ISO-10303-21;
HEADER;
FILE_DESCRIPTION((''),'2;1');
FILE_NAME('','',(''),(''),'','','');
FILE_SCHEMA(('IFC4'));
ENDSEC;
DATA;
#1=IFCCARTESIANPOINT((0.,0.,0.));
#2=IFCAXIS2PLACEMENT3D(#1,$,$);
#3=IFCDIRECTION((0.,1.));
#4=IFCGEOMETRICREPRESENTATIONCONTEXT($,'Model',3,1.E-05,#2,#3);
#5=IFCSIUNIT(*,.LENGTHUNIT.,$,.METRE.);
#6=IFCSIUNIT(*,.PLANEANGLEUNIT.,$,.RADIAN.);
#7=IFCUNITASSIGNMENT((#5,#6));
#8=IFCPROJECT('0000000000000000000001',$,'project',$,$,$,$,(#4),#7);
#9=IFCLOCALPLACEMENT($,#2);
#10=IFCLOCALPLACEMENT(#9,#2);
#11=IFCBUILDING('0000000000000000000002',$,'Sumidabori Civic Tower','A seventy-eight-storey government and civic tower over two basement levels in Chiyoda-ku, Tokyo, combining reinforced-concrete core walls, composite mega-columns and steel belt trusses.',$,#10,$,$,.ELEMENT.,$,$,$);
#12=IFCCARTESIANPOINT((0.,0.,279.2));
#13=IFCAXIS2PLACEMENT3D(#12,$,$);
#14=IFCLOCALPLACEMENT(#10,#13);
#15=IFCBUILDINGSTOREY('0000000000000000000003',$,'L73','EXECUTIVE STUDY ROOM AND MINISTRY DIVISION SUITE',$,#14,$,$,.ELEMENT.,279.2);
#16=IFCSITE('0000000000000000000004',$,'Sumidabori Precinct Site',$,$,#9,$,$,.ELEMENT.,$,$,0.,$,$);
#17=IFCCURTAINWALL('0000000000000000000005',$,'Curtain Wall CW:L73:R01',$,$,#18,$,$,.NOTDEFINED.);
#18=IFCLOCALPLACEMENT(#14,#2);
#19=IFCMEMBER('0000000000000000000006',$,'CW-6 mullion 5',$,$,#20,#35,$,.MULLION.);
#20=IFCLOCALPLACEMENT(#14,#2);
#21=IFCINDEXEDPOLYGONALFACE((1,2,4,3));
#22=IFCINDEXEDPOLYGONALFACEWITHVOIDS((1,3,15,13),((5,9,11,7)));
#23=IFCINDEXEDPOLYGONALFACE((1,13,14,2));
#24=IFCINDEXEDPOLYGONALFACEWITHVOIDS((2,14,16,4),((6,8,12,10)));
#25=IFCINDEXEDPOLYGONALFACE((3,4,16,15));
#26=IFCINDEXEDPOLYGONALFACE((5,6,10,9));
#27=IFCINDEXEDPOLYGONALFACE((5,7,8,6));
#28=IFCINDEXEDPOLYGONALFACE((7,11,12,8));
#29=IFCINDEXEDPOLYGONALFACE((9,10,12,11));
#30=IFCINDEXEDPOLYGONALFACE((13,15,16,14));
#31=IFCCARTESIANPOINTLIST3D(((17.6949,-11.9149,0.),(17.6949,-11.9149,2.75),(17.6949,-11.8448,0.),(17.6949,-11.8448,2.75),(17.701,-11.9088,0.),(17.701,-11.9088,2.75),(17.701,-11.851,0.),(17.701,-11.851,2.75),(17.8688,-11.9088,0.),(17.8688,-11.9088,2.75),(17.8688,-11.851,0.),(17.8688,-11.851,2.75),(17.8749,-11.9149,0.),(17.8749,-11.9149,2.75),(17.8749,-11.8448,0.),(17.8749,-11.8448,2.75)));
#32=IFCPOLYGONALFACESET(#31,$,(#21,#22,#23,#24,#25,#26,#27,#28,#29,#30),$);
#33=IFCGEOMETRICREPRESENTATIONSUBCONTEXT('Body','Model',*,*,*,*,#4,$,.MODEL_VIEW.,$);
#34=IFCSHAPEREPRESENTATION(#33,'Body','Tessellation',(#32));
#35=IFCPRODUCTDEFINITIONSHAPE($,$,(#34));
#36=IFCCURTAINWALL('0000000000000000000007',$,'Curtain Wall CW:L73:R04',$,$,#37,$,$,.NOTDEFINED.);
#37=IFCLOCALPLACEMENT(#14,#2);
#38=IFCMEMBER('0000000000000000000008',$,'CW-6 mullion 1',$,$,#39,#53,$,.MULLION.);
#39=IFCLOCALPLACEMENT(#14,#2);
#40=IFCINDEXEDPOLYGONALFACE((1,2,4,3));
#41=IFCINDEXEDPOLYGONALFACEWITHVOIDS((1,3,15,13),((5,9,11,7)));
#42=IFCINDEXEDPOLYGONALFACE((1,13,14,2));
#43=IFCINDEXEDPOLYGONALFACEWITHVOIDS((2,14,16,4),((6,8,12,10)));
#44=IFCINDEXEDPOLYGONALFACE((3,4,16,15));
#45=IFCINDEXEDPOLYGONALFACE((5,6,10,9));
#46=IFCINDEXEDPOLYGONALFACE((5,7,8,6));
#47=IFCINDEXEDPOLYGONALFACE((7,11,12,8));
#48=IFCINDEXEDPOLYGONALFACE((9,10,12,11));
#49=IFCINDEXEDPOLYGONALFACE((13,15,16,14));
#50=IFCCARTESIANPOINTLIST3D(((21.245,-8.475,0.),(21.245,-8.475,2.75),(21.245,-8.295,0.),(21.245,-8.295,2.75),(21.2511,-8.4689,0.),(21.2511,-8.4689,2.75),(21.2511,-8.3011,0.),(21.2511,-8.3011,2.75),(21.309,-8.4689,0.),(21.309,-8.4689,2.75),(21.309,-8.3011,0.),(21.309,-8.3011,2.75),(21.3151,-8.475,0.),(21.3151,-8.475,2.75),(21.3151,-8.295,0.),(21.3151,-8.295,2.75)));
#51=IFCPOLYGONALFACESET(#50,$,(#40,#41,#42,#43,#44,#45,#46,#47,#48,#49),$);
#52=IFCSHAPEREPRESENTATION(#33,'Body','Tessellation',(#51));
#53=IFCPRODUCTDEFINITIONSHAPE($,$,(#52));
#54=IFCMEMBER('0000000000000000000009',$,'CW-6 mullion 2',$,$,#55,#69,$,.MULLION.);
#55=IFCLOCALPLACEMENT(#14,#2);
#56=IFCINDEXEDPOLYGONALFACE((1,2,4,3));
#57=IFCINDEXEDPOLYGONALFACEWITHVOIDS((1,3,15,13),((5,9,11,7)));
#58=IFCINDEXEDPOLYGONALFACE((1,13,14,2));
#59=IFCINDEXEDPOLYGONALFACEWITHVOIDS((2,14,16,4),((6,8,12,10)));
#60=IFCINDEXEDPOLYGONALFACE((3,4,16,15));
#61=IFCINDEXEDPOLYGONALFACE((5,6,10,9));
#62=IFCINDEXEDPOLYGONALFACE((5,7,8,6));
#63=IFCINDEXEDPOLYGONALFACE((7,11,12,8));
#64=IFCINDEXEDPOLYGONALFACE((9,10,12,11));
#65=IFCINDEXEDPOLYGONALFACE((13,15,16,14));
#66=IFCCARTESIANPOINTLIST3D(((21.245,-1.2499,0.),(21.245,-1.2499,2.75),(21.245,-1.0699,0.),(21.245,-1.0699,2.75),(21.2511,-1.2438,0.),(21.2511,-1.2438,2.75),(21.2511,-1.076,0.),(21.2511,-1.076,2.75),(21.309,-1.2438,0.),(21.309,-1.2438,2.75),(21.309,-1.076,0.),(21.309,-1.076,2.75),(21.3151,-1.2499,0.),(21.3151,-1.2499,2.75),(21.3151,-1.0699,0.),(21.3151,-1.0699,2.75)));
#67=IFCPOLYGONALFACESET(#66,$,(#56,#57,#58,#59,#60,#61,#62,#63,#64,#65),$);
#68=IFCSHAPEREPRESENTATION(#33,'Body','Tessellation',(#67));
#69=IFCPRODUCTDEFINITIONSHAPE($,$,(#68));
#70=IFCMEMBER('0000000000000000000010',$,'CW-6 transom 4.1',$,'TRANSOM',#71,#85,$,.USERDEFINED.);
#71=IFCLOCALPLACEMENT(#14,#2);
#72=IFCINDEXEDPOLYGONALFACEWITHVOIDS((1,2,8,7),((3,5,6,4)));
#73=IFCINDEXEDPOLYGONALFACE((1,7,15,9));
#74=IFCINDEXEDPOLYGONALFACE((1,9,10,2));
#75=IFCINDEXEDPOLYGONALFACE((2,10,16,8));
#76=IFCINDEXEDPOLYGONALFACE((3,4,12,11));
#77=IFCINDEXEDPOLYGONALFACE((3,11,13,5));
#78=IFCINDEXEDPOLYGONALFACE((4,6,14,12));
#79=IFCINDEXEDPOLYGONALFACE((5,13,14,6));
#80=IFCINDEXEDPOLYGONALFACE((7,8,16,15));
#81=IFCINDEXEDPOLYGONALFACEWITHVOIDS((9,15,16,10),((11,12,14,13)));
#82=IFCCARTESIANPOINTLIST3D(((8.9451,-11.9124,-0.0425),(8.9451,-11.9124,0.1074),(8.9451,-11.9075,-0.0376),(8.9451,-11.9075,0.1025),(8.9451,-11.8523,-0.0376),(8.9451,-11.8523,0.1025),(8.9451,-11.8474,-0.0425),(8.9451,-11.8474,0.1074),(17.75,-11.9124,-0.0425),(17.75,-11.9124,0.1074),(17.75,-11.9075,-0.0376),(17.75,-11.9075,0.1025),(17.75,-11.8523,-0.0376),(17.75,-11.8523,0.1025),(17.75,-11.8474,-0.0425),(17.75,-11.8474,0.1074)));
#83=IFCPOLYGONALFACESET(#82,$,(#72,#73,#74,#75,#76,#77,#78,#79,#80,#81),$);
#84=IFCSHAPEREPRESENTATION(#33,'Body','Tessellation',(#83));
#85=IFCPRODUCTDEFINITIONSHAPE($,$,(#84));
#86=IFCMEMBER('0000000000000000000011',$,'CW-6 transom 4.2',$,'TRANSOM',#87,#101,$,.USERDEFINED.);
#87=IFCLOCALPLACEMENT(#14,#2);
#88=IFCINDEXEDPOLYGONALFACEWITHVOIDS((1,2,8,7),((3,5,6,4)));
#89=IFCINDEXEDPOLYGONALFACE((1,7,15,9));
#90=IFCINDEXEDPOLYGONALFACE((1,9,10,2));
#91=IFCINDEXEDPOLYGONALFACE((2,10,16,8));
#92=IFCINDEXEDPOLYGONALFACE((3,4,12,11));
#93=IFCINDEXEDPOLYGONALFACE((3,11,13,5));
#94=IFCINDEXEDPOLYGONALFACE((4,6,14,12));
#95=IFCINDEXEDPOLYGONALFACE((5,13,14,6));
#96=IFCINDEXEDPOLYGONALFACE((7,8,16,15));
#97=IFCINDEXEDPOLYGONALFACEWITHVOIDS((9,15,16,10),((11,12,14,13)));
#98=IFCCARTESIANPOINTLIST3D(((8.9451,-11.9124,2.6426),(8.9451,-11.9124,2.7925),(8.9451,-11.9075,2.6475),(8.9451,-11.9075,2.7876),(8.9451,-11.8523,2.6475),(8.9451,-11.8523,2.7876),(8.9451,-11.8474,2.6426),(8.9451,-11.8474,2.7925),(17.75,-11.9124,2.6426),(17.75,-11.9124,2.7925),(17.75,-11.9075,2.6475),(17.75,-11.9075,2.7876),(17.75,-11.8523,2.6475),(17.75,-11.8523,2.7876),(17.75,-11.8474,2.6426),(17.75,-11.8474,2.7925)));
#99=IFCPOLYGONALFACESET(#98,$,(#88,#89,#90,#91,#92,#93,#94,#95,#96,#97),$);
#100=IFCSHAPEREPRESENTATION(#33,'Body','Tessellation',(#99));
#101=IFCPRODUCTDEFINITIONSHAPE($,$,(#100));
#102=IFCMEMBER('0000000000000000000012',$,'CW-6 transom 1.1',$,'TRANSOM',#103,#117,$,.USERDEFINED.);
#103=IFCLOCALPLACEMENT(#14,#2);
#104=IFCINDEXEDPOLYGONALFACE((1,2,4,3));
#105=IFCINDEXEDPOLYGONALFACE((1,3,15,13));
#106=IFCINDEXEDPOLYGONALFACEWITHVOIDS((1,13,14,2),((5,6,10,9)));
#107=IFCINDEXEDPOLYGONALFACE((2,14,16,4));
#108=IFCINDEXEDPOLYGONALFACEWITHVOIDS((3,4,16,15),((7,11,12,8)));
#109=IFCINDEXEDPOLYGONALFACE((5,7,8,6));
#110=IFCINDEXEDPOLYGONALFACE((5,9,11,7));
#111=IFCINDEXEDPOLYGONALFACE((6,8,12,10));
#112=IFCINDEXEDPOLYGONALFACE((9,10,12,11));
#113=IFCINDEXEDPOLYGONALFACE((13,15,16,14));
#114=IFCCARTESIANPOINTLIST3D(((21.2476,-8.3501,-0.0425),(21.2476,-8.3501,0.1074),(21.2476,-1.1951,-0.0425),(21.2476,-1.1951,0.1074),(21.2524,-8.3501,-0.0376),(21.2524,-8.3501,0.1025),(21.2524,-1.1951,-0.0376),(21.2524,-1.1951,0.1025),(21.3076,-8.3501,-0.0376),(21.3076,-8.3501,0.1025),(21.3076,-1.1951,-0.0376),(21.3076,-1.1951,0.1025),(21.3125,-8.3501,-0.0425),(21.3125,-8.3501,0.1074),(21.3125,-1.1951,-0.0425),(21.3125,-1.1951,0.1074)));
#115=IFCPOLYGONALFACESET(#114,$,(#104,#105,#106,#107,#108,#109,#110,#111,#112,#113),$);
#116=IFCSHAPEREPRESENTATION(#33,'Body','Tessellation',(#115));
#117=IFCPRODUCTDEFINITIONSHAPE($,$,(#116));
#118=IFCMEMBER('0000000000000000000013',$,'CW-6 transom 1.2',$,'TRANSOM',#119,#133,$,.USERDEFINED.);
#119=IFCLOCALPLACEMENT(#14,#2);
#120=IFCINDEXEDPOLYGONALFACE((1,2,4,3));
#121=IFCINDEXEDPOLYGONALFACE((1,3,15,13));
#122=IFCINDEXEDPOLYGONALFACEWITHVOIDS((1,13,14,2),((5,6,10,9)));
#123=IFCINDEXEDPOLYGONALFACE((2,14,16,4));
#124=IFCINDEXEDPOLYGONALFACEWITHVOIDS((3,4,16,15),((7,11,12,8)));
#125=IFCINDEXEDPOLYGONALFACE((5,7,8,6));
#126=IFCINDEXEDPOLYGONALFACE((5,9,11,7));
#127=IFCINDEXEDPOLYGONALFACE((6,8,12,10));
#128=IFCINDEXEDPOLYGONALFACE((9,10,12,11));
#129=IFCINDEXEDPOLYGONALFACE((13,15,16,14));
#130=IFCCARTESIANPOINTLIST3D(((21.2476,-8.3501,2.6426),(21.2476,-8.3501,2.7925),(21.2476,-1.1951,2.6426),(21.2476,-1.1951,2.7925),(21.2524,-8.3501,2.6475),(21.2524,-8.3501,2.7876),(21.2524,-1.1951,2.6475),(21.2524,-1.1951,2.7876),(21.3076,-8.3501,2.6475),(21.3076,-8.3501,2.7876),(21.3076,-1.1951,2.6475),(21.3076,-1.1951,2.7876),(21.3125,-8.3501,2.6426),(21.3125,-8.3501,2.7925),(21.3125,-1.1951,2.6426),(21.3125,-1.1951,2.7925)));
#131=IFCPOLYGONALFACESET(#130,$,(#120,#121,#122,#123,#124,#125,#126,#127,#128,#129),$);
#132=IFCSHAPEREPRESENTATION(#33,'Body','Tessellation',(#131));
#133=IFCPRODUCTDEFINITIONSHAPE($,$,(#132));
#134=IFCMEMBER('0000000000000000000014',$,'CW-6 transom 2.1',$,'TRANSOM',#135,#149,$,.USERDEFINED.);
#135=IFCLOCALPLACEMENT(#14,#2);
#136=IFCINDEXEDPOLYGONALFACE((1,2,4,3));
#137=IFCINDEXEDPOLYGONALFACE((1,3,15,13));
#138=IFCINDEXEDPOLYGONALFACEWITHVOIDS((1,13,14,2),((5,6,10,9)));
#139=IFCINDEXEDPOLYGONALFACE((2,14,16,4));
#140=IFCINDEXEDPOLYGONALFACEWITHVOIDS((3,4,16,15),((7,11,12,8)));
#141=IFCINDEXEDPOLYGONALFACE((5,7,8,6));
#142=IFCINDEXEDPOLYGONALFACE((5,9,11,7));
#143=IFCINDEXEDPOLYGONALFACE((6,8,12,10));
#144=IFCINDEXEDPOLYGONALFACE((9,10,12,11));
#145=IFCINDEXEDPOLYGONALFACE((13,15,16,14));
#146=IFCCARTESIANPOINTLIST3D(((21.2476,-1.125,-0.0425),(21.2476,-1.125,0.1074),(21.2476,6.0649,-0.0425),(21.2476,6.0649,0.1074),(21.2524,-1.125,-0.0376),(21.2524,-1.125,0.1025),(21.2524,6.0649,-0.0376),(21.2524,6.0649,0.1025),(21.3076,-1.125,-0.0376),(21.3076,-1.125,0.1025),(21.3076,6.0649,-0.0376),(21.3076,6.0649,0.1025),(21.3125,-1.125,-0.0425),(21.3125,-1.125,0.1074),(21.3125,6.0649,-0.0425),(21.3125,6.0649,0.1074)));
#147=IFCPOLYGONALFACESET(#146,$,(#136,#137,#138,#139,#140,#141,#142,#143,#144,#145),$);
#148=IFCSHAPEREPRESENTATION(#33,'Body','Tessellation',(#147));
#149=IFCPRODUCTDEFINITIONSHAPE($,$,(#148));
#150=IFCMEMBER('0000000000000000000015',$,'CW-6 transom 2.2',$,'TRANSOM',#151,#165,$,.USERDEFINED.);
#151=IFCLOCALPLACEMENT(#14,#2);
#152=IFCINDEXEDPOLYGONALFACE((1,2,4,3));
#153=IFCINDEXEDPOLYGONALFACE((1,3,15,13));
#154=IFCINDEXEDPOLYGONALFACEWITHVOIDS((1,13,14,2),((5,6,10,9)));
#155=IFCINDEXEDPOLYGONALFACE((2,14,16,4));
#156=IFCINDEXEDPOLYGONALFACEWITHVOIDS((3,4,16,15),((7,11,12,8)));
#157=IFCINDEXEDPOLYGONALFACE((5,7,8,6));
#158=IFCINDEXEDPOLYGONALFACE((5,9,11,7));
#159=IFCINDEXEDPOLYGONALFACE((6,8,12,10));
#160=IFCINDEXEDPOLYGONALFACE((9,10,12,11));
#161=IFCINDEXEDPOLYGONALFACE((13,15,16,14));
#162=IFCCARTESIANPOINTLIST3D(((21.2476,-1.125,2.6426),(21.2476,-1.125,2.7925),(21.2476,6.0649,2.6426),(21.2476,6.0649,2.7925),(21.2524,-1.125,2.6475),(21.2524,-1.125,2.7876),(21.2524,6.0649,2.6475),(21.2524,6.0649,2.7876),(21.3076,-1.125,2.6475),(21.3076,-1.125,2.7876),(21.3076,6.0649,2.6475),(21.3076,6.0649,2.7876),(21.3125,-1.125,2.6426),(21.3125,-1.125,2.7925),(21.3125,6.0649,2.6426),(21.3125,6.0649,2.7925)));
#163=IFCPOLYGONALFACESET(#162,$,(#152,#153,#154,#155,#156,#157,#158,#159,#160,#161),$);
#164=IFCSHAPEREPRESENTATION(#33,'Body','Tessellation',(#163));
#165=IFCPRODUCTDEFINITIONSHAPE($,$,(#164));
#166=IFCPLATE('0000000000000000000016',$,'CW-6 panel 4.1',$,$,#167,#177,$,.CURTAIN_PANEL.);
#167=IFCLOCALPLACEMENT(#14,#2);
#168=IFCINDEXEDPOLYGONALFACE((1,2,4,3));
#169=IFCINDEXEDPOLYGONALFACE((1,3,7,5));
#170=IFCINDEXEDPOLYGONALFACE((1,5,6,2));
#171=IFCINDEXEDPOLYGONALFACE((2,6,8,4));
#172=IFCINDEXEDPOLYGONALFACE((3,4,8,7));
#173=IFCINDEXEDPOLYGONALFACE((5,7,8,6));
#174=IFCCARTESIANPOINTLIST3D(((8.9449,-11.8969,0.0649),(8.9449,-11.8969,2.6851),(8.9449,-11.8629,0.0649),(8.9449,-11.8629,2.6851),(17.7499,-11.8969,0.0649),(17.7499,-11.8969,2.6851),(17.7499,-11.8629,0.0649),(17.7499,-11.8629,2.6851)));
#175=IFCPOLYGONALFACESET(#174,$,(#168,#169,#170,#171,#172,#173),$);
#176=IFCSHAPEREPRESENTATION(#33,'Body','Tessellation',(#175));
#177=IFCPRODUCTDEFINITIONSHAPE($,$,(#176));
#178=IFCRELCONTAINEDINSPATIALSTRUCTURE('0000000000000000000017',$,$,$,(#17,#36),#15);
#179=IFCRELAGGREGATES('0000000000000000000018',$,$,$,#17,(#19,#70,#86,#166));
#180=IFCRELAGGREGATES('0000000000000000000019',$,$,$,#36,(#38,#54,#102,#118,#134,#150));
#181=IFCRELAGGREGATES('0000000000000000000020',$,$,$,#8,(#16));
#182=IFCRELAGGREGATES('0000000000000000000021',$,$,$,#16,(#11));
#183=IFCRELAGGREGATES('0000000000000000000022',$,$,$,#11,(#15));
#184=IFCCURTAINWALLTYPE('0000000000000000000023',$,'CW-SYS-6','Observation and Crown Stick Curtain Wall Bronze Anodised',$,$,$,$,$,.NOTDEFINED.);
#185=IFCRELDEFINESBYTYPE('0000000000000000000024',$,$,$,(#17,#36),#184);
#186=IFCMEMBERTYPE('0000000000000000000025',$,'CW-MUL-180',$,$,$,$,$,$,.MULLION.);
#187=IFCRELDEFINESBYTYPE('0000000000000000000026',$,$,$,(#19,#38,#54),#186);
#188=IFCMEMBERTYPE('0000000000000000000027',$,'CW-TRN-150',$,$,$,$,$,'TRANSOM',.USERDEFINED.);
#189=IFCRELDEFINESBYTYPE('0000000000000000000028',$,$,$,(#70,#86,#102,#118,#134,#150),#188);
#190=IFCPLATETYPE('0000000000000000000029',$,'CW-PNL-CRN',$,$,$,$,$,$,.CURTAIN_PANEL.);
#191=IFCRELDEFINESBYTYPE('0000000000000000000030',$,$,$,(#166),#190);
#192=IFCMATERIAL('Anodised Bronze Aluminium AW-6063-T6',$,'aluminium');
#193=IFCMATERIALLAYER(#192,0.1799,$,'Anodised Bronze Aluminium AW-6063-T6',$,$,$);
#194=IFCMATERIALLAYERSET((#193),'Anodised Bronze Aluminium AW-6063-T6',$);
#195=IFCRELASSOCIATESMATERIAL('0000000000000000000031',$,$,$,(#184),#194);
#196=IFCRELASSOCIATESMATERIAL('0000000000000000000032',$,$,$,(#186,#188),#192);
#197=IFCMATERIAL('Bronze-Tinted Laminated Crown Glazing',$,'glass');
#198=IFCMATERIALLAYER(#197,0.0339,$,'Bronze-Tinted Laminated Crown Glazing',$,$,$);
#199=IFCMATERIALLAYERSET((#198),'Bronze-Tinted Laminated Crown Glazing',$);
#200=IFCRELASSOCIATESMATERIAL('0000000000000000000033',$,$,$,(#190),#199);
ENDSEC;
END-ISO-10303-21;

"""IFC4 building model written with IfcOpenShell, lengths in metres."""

from ifc_helpers import new_model, si_unit, direction, frame, origin, origin_2d, place, context, subcontext, project, spatial, rectangle, hollow_rectangle, extrude, source, transform, mapped, material, layer, layer_set, material_profile, profile_set, type_object, element, aggregate, save


model = new_model("IFC4")

# Units and contexts
model_context = context("Model", 3, precision=1e-05, world=origin(), true_north=direction((0.0, 1.0)))
body_context = subcontext(model_context, "Body", "Model", "MODEL_VIEW")
ifc_project = project(units=[si_unit("LENGTHUNIT", "METRE"), si_unit("PLANEANGLEUNIT", "RADIAN")], contexts=[model_context])

# Site, building, storey
site_placement = place(None, origin())
site = spatial("IfcSite", under=ifc_project, at=site_placement, Name="Sumidabori Precinct Site", CompositionType="ELEMENT", RefElevation=0.0)
building_placement = place(site_placement, origin())
building = spatial("IfcBuilding", under=site, at=building_placement, Name="Sumidabori Civic Tower", Description="A seventy-eight-storey government and civic tower over two basement levels in Chiyoda-ku, Tokyo, combining reinforced-concrete core walls, composite mega-columns and steel belt trusses.", CompositionType="ELEMENT")
storey_placement = place(building_placement, frame((0.0, 0.0, 279.2)))
storey = spatial("IfcBuildingStorey", under=building, at=storey_placement, Name="L73", Description="EXECUTIVE STUDY ROOM AND MINISTRY DIVISION SUITE", CompositionType="ELEMENT", Elevation=279.2)

# Curtain walls, members
ifc_material_1 = material(Name="Anodised Bronze Aluminium AW-6063-T6", Category="aluminium")
ifc_layer_1 = layer(ifc_material_1, 0.1799, Name="Anodised Bronze Aluminium AW-6063-T6")
ifc_layer_set_1 = layer_set([ifc_layer_1], Name="Anodised Bronze Aluminium AW-6063-T6")
curtain_wall_type = type_object("IfcCurtainWallType", Name="CW-SYS-6", Description="Observation and Crown Stick Curtain Wall Bronze Anodised", PredefinedType="NOTDEFINED", material=ifc_layer_set_1)
curtain_wall_1_placement = place(storey_placement, origin())
curtain_wall_1 = element("IfcCurtainWall", 1, at=curtain_wall_1_placement, inside=storey, type_object=curtain_wall_type, Name="Curtain Wall CW:L73:R01", PredefinedType="NOTDEFINED")
ifc_material_profile_1 = material_profile(ifc_material_1, hollow_rectangle(XDim=0.0701, YDim=0.1799, WallThickness=0.0061, at=origin_2d()), Name="ALU MULLION 180x70")
ifc_profile_set_1 = profile_set([ifc_material_profile_1], Name="Anodised Bronze Aluminium AW-6063-T6")
member_type_1 = type_object("IfcMemberType", Name="CW-MUL-180", PredefinedType="MULLION", material=ifc_profile_set_1)
shared_shape_1 = source(origin(), body_context, "Body", "SweptSolid", [
    extrude(hollow_rectangle(XDim=0.0701, YDim=0.1799, WallThickness=0.0061, at=origin_2d()), origin(), (0.0, 0.0, 1.0), 2.75),
])
member_1_placement = place(storey_placement, frame((17.7849, -11.8799, 0.0), z_axis=(0.0, 0.0, 1.0), x_axis=(0.0, 1.0, 0.0)))
member_1 = element("IfcMember", 2, at=member_1_placement, type_object=member_type_1, Name="CW-6 mullion 5", PredefinedType="MULLION", context=body_context, shape_type="MappedRepresentation", body=[
    mapped(shared_shape_1, transform((0.0, 0.0, 0.0), x_axis=(1.0, 0.0, 0.0), y_axis=(0.0, 1.0, 0.0), z_axis=(0.0, 0.0, 1.0), scale=1.0)),
])
curtain_wall_2_placement = place(storey_placement, origin())
curtain_wall_2 = element("IfcCurtainWall", 3, at=curtain_wall_2_placement, inside=storey, type_object=curtain_wall_type, Name="Curtain Wall CW:L73:R04", PredefinedType="NOTDEFINED")
member_2_placement = place(storey_placement, frame((21.28, -8.385, 0.0), z_axis=(0.0, 0.0, 1.0), x_axis=(-1.0, 0.0, 0.0)))
member_2 = element("IfcMember", 4, at=member_2_placement, type_object=member_type_1, Name="CW-6 mullion 1", PredefinedType="MULLION", context=body_context, shape_type="MappedRepresentation", body=[
    mapped(shared_shape_1, transform((0.0, 0.0, 0.0), x_axis=(1.0, 0.0, 0.0), y_axis=(0.0, 1.0, 0.0), z_axis=(0.0, 0.0, 1.0), scale=1.0)),
])
member_3_placement = place(storey_placement, frame((21.28, -1.1599, 0.0), z_axis=(0.0, 0.0, 1.0), x_axis=(-1.0, 0.0, 0.0)))
member_3 = element("IfcMember", 5, at=member_3_placement, type_object=member_type_1, Name="CW-6 mullion 2", PredefinedType="MULLION", context=body_context, shape_type="MappedRepresentation", body=[
    mapped(shared_shape_1, transform((0.0, 0.0, 0.0), x_axis=(1.0, 0.0, 0.0), y_axis=(0.0, 1.0, 0.0), z_axis=(0.0, 0.0, 1.0), scale=1.0)),
])

# Members
ifc_material_profile_2 = material_profile(ifc_material_1, hollow_rectangle(XDim=0.0649, YDim=0.1499, WallThickness=0.0049, at=origin_2d()), Name="ALU TRANSOM 150x65")
ifc_profile_set_2 = profile_set([ifc_material_profile_2], Name="Anodised Bronze Aluminium AW-6063-T6")
member_type_2 = type_object("IfcMemberType", Name="CW-TRN-150", ElementType="TRANSOM", PredefinedType="USERDEFINED", material=ifc_profile_set_2)
shared_shape_2 = source(origin(), body_context, "Body", "SweptSolid", [
    extrude(hollow_rectangle(XDim=0.0649, YDim=0.1499, WallThickness=0.0049, at=origin_2d()), origin(), (0.0, 0.0, 1.0), 8.8049),
])
member_4_placement = place(storey_placement, frame((8.9451, -11.8799, 0.0325), z_axis=(1.0, 0.0, 0.0), x_axis=(0.0, 1.0, 0.0)))
member_4 = element("IfcMember", 6, at=member_4_placement, type_object=member_type_2, Name="CW-6 transom 4.1", ObjectType="TRANSOM", PredefinedType="USERDEFINED", context=body_context, shape_type="MappedRepresentation", body=[
    mapped(shared_shape_2, transform((0.0, 0.0, 0.0), x_axis=(1.0, 0.0, 0.0), y_axis=(0.0, 1.0, 0.0), z_axis=(0.0, 0.0, 1.0), scale=1.0)),
])
member_5_placement = place(storey_placement, frame((8.9451, -11.8799, 2.7175), z_axis=(1.0, 0.0, 0.0), x_axis=(0.0, 1.0, 0.0)))
member_5 = element("IfcMember", 7, at=member_5_placement, type_object=member_type_2, Name="CW-6 transom 4.2", ObjectType="TRANSOM", PredefinedType="USERDEFINED", context=body_context, shape_type="MappedRepresentation", body=[
    mapped(shared_shape_2, transform((0.0, 0.0, 0.0), x_axis=(1.0, 0.0, 0.0), y_axis=(0.0, 1.0, 0.0), z_axis=(0.0, 0.0, 1.0), scale=1.0)),
])
shared_shape_3 = source(origin(), body_context, "Body", "SweptSolid", [
    extrude(hollow_rectangle(XDim=0.0649, YDim=0.1499, WallThickness=0.0049, at=origin_2d()), origin(), (0.0, 0.0, 1.0), 7.155),
])
member_6_placement = place(storey_placement, frame((21.28, -8.3501, 0.0325), z_axis=(0.0, 1.0, 0.0), x_axis=(-1.0, 0.0, 0.0)))
member_6 = element("IfcMember", 8, at=member_6_placement, type_object=member_type_2, Name="CW-6 transom 1.1", ObjectType="TRANSOM", PredefinedType="USERDEFINED", context=body_context, shape_type="MappedRepresentation", body=[
    mapped(shared_shape_3, transform((0.0, 0.0, 0.0), x_axis=(1.0, 0.0, 0.0), y_axis=(0.0, 1.0, 0.0), z_axis=(0.0, 0.0, 1.0), scale=1.0)),
])
member_7_placement = place(storey_placement, frame((21.28, -8.3501, 2.7175), z_axis=(0.0, 1.0, 0.0), x_axis=(-1.0, 0.0, 0.0)))
member_7 = element("IfcMember", 9, at=member_7_placement, type_object=member_type_2, Name="CW-6 transom 1.2", ObjectType="TRANSOM", PredefinedType="USERDEFINED", context=body_context, shape_type="MappedRepresentation", body=[
    mapped(shared_shape_3, transform((0.0, 0.0, 0.0), x_axis=(1.0, 0.0, 0.0), y_axis=(0.0, 1.0, 0.0), z_axis=(0.0, 0.0, 1.0), scale=1.0)),
])
shared_shape_4 = source(origin(), body_context, "Body", "SweptSolid", [
    extrude(hollow_rectangle(XDim=0.0649, YDim=0.1499, WallThickness=0.0049, at=origin_2d()), origin(), (0.0, 0.0, 1.0), 7.1899),
])
member_8_placement = place(storey_placement, frame((21.28, -1.125, 0.0325), z_axis=(0.0, 1.0, 0.0), x_axis=(-1.0, 0.0, 0.0)))
member_8 = element("IfcMember", 10, at=member_8_placement, type_object=member_type_2, Name="CW-6 transom 2.1", ObjectType="TRANSOM", PredefinedType="USERDEFINED", context=body_context, shape_type="MappedRepresentation", body=[
    mapped(shared_shape_4, transform((0.0, 0.0, 0.0), x_axis=(1.0, 0.0, 0.0), y_axis=(0.0, 1.0, 0.0), z_axis=(0.0, 0.0, 1.0), scale=1.0)),
])
member_9_placement = place(storey_placement, frame((21.28, -1.125, 2.7175), z_axis=(0.0, 1.0, 0.0), x_axis=(-1.0, 0.0, 0.0)))
member_9 = element("IfcMember", 11, at=member_9_placement, type_object=member_type_2, Name="CW-6 transom 2.2", ObjectType="TRANSOM", PredefinedType="USERDEFINED", context=body_context, shape_type="MappedRepresentation", body=[
    mapped(shared_shape_4, transform((0.0, 0.0, 0.0), x_axis=(1.0, 0.0, 0.0), y_axis=(0.0, 1.0, 0.0), z_axis=(0.0, 0.0, 1.0), scale=1.0)),
])

# Plate
ifc_material_2 = material(Name="Bronze-Tinted Laminated Crown Glazing", Category="glass")
ifc_layer_2 = layer(ifc_material_2, 0.0339, Name="Bronze-Tinted Laminated Crown Glazing")
ifc_layer_set_2 = layer_set([ifc_layer_2], Name="Bronze-Tinted Laminated Crown Glazing")
plate_type = type_object("IfcPlateType", Name="CW-PNL-CRN", PredefinedType="CURTAIN_PANEL", material=ifc_layer_set_2)
shared_shape_5 = source(origin(), body_context, "Body", "SweptSolid", [
    extrude(rectangle(XDim=8.8049, YDim=0.0339, at=origin_2d()), origin(), (0.0, 0.0, 1.0), 2.6201),
])
plate_1_placement = place(storey_placement, frame((13.3474, -11.8799, 0.0649), z_axis=(0.0, 0.0, 1.0), x_axis=(1.0, 0.0, 0.0)))
plate_1 = element("IfcPlate", 12, at=plate_1_placement, type_object=plate_type, Name="CW-6 panel 4.1", PredefinedType="CURTAIN_PANEL", context=body_context, shape_type="MappedRepresentation", body=[
    mapped(shared_shape_5, transform((0.0, 0.0, 0.0), x_axis=(1.0, 0.0, 0.0), y_axis=(0.0, 1.0, 0.0), z_axis=(0.0, 0.0, 1.0), scale=1.0)),
])
aggregate(curtain_wall_1, [member_1, member_4, member_5, plate_1])
aggregate(curtain_wall_2, [member_2, member_3, member_6, member_7, member_8, member_9])

save(model, "model.ifc")
